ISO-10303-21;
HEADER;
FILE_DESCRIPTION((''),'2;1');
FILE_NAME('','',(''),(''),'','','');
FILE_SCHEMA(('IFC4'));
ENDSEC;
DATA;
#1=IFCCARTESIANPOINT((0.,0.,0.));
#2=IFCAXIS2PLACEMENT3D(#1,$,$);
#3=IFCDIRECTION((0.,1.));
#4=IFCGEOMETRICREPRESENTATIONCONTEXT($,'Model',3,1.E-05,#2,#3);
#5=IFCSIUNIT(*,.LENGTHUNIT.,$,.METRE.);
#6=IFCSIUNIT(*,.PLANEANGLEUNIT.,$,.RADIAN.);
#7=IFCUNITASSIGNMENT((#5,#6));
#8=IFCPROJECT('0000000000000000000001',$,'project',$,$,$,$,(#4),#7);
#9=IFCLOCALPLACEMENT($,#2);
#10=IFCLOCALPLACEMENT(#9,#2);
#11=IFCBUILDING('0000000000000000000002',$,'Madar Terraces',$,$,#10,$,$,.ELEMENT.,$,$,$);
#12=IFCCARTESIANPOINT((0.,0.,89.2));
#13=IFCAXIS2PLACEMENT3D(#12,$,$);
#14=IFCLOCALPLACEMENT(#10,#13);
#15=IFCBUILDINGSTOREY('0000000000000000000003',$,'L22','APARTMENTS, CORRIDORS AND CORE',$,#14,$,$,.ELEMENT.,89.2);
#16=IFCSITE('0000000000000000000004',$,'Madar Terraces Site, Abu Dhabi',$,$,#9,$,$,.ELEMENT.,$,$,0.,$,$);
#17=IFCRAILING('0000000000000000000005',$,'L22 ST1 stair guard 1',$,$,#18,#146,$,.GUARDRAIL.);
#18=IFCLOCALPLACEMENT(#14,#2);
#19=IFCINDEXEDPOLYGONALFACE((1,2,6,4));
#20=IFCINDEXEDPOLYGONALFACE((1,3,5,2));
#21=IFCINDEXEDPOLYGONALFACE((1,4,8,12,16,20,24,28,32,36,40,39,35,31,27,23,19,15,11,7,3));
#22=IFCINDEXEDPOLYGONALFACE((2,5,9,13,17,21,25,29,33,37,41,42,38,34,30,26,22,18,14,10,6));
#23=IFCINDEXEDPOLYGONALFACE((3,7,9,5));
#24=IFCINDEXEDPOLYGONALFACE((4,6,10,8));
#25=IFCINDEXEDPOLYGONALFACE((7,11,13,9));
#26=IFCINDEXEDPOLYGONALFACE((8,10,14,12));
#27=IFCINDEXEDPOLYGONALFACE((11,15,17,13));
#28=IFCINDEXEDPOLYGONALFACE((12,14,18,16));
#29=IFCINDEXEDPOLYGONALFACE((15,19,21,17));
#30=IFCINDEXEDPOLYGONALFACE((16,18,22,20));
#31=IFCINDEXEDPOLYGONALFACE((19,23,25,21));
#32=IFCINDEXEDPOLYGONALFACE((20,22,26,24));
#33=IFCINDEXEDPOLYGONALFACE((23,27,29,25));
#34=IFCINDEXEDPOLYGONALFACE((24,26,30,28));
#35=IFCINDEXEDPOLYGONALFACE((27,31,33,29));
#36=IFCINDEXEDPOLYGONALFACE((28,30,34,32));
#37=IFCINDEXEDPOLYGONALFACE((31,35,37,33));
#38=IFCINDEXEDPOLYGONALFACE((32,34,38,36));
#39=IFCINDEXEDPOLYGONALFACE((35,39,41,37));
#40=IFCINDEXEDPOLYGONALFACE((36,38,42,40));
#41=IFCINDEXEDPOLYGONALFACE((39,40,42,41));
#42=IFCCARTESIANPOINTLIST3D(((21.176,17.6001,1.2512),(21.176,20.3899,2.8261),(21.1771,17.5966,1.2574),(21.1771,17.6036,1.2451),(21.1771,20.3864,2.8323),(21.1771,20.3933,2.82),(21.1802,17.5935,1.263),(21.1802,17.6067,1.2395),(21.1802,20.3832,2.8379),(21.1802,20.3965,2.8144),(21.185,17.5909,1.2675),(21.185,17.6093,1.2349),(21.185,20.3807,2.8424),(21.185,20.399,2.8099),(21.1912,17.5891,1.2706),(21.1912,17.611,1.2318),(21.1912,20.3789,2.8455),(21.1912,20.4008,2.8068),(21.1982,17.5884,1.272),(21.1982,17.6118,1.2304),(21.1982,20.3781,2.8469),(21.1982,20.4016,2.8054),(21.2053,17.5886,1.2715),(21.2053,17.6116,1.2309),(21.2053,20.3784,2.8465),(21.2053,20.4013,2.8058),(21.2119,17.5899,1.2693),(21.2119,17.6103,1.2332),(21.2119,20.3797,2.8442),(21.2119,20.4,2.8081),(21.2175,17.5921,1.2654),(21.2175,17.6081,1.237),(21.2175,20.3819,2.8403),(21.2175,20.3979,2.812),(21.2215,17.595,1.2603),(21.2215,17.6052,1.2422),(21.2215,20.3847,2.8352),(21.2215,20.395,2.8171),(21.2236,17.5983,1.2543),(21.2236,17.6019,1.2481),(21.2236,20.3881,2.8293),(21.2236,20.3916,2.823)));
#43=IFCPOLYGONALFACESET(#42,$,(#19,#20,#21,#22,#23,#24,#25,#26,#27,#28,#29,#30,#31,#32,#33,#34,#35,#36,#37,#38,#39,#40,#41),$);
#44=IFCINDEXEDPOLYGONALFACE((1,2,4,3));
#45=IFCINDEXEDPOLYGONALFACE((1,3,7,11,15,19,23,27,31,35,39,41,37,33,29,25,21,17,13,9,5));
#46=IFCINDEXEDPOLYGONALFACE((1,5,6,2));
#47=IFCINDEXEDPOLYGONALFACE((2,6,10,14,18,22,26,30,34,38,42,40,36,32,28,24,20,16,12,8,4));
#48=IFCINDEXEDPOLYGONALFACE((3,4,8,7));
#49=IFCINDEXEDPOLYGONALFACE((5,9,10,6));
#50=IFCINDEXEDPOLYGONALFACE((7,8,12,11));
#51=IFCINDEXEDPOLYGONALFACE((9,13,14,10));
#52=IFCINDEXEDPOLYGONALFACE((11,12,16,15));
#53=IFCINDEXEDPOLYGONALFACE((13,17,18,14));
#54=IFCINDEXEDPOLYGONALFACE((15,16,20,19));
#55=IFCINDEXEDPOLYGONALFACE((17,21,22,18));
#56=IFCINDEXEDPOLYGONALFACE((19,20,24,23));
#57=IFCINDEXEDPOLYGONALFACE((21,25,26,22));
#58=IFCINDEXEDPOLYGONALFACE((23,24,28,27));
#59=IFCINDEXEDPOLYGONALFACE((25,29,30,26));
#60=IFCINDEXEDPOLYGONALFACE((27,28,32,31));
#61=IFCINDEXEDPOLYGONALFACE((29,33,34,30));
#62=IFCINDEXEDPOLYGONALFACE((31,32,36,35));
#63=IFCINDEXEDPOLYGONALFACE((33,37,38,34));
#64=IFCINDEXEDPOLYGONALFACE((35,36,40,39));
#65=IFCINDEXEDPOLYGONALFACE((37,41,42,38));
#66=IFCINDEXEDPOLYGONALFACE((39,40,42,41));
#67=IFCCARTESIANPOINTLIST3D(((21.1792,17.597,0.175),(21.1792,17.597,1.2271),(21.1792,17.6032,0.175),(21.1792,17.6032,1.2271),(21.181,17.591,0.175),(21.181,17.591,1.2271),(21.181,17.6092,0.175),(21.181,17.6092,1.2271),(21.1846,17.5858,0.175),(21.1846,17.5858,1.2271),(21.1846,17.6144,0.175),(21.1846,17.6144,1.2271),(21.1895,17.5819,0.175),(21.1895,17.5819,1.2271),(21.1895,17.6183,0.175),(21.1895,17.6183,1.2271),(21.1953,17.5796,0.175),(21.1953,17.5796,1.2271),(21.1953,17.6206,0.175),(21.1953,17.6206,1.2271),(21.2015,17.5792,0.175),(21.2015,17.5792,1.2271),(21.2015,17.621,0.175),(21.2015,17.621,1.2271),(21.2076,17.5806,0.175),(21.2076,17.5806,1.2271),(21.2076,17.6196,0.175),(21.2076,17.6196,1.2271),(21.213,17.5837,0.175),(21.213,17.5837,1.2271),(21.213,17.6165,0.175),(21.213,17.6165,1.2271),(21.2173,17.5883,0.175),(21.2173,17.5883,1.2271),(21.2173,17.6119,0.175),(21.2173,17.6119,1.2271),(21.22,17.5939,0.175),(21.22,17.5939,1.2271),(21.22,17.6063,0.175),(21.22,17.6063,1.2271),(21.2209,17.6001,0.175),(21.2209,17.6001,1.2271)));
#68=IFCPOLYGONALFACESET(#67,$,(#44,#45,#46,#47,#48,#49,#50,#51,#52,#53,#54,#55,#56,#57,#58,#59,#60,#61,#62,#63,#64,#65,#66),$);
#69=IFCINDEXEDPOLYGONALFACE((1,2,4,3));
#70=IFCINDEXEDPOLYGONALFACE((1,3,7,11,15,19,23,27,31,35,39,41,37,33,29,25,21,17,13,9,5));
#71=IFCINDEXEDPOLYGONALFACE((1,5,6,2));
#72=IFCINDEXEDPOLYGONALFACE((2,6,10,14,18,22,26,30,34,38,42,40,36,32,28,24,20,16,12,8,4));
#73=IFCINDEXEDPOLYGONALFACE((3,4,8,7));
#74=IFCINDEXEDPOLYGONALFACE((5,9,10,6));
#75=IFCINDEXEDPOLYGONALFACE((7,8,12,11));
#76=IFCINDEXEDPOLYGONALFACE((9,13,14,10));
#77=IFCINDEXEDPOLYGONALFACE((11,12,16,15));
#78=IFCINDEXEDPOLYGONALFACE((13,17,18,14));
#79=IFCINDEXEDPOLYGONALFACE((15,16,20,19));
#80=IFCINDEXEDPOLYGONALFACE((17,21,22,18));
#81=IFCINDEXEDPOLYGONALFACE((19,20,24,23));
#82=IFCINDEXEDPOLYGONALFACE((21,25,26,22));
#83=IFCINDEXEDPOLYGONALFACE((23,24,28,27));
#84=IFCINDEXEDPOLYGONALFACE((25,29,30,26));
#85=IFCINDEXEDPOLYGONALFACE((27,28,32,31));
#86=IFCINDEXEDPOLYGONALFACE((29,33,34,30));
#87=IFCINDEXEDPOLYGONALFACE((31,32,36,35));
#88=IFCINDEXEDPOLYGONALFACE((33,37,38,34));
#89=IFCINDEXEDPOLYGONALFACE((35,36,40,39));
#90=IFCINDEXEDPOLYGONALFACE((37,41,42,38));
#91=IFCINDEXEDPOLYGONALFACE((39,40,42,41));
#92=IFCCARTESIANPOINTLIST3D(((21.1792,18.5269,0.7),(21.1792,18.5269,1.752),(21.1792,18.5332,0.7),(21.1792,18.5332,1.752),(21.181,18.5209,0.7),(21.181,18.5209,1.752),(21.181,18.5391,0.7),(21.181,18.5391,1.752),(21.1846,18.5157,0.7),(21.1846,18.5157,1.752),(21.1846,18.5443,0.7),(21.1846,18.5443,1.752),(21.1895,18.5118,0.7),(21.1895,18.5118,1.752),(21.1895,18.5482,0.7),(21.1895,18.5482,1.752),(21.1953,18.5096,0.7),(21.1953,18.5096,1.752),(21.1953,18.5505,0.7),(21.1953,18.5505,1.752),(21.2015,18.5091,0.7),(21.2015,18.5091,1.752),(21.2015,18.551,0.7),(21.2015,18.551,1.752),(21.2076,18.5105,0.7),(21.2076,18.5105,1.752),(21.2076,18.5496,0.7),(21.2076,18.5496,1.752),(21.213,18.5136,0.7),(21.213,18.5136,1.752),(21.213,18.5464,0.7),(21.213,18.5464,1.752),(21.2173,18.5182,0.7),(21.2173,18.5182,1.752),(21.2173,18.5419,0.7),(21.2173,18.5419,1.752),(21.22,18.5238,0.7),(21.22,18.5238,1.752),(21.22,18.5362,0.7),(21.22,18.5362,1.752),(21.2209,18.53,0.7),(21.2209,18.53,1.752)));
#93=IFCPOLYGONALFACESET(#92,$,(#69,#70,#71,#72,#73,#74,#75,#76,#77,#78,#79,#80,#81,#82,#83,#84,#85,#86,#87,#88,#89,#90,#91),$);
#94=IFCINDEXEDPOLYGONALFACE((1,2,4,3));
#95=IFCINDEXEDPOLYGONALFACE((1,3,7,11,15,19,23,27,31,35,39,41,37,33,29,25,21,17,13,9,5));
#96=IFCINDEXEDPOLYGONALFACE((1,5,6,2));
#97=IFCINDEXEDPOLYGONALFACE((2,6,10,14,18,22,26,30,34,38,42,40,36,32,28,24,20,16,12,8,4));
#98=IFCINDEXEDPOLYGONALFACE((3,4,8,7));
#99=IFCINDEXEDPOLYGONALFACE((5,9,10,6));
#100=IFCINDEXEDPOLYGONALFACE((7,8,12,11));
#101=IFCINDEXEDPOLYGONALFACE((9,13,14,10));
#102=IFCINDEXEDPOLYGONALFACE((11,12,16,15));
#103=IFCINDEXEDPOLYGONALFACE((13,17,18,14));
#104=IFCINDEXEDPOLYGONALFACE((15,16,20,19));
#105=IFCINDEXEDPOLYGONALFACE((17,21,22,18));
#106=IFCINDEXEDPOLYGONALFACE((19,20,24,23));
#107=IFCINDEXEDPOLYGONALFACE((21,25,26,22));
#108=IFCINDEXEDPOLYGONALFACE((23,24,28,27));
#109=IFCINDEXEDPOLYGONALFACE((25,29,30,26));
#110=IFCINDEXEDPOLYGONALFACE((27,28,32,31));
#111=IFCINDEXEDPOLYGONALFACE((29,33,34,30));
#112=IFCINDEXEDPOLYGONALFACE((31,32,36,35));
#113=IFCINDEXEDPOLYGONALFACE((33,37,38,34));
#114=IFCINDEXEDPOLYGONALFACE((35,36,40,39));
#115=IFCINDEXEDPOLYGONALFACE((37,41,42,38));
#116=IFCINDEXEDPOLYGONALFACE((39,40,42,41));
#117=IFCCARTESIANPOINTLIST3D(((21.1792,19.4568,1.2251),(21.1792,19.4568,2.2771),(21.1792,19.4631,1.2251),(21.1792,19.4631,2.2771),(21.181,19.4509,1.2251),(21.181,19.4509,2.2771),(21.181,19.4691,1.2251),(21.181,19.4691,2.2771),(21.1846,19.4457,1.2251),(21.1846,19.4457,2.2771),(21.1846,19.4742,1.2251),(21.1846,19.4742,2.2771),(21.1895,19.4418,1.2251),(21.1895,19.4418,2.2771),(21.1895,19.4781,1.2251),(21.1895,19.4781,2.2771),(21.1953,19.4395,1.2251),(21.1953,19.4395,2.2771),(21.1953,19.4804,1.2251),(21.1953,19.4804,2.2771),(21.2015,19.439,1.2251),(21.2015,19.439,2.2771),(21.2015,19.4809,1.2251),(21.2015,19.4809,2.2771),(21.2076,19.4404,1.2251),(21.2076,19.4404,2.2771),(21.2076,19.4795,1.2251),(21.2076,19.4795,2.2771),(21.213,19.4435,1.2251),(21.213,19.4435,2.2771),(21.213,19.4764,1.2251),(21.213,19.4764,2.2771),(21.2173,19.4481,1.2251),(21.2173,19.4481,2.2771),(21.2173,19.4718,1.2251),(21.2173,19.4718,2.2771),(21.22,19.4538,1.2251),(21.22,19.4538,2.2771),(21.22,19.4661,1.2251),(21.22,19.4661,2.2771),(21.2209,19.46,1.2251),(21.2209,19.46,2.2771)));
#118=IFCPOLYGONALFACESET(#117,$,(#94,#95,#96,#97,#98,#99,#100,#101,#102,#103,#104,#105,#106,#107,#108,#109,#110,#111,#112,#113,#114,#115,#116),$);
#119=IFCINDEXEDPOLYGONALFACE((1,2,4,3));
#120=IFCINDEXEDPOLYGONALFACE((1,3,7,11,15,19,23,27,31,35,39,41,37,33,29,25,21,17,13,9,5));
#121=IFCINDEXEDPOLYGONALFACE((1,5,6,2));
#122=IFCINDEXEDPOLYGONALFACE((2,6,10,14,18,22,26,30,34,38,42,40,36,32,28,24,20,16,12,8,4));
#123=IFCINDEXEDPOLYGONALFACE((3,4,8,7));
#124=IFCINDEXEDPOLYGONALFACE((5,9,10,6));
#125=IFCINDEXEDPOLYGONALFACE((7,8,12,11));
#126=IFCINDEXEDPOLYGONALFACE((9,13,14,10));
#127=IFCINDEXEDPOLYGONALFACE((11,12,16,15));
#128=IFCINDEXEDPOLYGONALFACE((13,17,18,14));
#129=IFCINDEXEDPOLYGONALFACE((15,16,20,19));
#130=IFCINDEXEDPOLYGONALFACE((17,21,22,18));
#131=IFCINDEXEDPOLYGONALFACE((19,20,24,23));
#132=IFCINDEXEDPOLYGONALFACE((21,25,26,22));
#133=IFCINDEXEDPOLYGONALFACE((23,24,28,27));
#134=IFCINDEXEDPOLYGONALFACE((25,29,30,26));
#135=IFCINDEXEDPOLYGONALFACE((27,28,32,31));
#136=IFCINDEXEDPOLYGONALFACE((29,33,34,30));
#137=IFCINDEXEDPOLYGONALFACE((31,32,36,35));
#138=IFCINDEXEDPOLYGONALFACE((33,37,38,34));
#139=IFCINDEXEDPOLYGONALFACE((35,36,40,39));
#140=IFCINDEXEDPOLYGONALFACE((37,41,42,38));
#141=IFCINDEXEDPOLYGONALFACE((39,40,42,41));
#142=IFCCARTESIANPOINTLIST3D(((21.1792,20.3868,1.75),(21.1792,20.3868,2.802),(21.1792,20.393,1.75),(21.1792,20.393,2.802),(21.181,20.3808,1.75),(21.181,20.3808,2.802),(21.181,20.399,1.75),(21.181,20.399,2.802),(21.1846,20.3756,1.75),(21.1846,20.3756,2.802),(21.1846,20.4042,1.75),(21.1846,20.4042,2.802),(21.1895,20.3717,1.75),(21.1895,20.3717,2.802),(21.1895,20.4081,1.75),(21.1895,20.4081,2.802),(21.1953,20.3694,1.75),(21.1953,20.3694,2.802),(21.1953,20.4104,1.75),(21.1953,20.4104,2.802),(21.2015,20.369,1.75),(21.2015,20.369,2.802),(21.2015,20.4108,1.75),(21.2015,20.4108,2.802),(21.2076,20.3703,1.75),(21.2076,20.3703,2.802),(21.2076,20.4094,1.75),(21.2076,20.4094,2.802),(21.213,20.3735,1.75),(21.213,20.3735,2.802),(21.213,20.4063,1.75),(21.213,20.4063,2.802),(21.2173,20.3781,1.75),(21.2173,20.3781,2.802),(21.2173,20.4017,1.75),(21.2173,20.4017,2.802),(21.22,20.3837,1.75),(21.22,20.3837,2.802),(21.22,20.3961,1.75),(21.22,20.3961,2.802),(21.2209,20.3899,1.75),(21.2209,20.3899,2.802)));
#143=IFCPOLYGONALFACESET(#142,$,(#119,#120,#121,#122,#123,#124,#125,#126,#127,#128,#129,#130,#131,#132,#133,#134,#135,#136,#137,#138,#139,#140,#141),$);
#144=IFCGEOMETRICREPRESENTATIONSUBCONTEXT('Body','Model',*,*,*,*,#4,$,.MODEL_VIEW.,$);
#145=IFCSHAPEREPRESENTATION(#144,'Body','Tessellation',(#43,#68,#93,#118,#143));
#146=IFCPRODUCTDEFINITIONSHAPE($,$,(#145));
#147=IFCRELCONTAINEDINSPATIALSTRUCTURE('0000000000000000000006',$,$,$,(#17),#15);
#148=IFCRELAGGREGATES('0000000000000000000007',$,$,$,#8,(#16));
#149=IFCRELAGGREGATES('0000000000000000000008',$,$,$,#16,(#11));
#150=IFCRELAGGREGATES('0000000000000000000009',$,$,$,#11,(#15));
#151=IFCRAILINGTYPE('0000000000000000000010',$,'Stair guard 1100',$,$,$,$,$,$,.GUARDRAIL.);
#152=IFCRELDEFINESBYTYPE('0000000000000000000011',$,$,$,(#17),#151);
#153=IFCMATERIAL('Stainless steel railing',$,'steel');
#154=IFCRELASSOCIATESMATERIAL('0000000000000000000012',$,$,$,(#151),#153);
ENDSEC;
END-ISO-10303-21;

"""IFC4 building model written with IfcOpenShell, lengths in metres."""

from ifc_helpers import new_model, si_unit, direction, frame, origin, origin_2d, place, context, subcontext, project, spatial, circle, extrude, material, type_object, element, save


model = new_model("IFC4")

# Units and contexts
model_context = context("Model", 3, precision=1e-05, world=origin(), true_north=direction((0.0, 1.0)))
body_context = subcontext(model_context, "Body", "Model", "MODEL_VIEW")
ifc_project = project(units=[si_unit("LENGTHUNIT", "METRE"), si_unit("PLANEANGLEUNIT", "RADIAN")], contexts=[model_context])

# Site, building, storey
site_placement = place(None, origin())
site = spatial("IfcSite", under=ifc_project, at=site_placement, Name="Madar Terraces Site, Abu Dhabi", CompositionType="ELEMENT", RefElevation=0.0)
building_placement = place(site_placement, origin())
building = spatial("IfcBuilding", under=site, at=building_placement, Name="Madar Terraces", CompositionType="ELEMENT")
storey_placement = place(building_placement, frame((0.0, 0.0, 89.2)))
storey = spatial("IfcBuildingStorey", under=building, at=storey_placement, Name="L22", Description="APARTMENTS, CORRIDORS AND CORE", CompositionType="ELEMENT", Elevation=89.2)

# Railing
ifc_material_1 = material(Name="Stainless steel railing", Category="steel")
railing_type_1 = type_object("IfcRailingType", Name="Stair guard 1100", PredefinedType="GUARDRAIL", material=ifc_material_1)
railing_1_placement = place(storey_placement, frame((21.2, 17.6001, 0.175)))
element("IfcRailing", 1, at=railing_1_placement, inside=storey, type_object=railing_type_1, Name="L22 ST1 stair guard 1", PredefinedType="GUARDRAIL", context=body_context, shape_type="SweptSolid", body=[
    extrude(circle(Radius=0.0239, at=origin_2d()), frame((0.0, 0.0, 1.0762), z_axis=(0.0, 0.870815, 0.49161), x_axis=(-1.0, 0.0, 0.0)), (0.0, 0.0, 1.0), 3.2036),
    extrude(circle(Radius=0.021, at=origin_2d()), origin(), (0.0, 0.0, 1.0), 1.052),
    extrude(circle(Radius=0.021, at=origin_2d()), frame((0.0, 0.9299, 0.5249)), (0.0, 0.0, 1.0), 1.052),
    extrude(circle(Radius=0.021, at=origin_2d()), frame((0.0, 1.8599, 1.05)), (0.0, 0.0, 1.0), 1.052),
    extrude(circle(Radius=0.021, at=origin_2d()), frame((0.0, 2.7898, 1.575)), (0.0, 0.0, 1.0), 1.052),
])

save(model, "model.ifc")
